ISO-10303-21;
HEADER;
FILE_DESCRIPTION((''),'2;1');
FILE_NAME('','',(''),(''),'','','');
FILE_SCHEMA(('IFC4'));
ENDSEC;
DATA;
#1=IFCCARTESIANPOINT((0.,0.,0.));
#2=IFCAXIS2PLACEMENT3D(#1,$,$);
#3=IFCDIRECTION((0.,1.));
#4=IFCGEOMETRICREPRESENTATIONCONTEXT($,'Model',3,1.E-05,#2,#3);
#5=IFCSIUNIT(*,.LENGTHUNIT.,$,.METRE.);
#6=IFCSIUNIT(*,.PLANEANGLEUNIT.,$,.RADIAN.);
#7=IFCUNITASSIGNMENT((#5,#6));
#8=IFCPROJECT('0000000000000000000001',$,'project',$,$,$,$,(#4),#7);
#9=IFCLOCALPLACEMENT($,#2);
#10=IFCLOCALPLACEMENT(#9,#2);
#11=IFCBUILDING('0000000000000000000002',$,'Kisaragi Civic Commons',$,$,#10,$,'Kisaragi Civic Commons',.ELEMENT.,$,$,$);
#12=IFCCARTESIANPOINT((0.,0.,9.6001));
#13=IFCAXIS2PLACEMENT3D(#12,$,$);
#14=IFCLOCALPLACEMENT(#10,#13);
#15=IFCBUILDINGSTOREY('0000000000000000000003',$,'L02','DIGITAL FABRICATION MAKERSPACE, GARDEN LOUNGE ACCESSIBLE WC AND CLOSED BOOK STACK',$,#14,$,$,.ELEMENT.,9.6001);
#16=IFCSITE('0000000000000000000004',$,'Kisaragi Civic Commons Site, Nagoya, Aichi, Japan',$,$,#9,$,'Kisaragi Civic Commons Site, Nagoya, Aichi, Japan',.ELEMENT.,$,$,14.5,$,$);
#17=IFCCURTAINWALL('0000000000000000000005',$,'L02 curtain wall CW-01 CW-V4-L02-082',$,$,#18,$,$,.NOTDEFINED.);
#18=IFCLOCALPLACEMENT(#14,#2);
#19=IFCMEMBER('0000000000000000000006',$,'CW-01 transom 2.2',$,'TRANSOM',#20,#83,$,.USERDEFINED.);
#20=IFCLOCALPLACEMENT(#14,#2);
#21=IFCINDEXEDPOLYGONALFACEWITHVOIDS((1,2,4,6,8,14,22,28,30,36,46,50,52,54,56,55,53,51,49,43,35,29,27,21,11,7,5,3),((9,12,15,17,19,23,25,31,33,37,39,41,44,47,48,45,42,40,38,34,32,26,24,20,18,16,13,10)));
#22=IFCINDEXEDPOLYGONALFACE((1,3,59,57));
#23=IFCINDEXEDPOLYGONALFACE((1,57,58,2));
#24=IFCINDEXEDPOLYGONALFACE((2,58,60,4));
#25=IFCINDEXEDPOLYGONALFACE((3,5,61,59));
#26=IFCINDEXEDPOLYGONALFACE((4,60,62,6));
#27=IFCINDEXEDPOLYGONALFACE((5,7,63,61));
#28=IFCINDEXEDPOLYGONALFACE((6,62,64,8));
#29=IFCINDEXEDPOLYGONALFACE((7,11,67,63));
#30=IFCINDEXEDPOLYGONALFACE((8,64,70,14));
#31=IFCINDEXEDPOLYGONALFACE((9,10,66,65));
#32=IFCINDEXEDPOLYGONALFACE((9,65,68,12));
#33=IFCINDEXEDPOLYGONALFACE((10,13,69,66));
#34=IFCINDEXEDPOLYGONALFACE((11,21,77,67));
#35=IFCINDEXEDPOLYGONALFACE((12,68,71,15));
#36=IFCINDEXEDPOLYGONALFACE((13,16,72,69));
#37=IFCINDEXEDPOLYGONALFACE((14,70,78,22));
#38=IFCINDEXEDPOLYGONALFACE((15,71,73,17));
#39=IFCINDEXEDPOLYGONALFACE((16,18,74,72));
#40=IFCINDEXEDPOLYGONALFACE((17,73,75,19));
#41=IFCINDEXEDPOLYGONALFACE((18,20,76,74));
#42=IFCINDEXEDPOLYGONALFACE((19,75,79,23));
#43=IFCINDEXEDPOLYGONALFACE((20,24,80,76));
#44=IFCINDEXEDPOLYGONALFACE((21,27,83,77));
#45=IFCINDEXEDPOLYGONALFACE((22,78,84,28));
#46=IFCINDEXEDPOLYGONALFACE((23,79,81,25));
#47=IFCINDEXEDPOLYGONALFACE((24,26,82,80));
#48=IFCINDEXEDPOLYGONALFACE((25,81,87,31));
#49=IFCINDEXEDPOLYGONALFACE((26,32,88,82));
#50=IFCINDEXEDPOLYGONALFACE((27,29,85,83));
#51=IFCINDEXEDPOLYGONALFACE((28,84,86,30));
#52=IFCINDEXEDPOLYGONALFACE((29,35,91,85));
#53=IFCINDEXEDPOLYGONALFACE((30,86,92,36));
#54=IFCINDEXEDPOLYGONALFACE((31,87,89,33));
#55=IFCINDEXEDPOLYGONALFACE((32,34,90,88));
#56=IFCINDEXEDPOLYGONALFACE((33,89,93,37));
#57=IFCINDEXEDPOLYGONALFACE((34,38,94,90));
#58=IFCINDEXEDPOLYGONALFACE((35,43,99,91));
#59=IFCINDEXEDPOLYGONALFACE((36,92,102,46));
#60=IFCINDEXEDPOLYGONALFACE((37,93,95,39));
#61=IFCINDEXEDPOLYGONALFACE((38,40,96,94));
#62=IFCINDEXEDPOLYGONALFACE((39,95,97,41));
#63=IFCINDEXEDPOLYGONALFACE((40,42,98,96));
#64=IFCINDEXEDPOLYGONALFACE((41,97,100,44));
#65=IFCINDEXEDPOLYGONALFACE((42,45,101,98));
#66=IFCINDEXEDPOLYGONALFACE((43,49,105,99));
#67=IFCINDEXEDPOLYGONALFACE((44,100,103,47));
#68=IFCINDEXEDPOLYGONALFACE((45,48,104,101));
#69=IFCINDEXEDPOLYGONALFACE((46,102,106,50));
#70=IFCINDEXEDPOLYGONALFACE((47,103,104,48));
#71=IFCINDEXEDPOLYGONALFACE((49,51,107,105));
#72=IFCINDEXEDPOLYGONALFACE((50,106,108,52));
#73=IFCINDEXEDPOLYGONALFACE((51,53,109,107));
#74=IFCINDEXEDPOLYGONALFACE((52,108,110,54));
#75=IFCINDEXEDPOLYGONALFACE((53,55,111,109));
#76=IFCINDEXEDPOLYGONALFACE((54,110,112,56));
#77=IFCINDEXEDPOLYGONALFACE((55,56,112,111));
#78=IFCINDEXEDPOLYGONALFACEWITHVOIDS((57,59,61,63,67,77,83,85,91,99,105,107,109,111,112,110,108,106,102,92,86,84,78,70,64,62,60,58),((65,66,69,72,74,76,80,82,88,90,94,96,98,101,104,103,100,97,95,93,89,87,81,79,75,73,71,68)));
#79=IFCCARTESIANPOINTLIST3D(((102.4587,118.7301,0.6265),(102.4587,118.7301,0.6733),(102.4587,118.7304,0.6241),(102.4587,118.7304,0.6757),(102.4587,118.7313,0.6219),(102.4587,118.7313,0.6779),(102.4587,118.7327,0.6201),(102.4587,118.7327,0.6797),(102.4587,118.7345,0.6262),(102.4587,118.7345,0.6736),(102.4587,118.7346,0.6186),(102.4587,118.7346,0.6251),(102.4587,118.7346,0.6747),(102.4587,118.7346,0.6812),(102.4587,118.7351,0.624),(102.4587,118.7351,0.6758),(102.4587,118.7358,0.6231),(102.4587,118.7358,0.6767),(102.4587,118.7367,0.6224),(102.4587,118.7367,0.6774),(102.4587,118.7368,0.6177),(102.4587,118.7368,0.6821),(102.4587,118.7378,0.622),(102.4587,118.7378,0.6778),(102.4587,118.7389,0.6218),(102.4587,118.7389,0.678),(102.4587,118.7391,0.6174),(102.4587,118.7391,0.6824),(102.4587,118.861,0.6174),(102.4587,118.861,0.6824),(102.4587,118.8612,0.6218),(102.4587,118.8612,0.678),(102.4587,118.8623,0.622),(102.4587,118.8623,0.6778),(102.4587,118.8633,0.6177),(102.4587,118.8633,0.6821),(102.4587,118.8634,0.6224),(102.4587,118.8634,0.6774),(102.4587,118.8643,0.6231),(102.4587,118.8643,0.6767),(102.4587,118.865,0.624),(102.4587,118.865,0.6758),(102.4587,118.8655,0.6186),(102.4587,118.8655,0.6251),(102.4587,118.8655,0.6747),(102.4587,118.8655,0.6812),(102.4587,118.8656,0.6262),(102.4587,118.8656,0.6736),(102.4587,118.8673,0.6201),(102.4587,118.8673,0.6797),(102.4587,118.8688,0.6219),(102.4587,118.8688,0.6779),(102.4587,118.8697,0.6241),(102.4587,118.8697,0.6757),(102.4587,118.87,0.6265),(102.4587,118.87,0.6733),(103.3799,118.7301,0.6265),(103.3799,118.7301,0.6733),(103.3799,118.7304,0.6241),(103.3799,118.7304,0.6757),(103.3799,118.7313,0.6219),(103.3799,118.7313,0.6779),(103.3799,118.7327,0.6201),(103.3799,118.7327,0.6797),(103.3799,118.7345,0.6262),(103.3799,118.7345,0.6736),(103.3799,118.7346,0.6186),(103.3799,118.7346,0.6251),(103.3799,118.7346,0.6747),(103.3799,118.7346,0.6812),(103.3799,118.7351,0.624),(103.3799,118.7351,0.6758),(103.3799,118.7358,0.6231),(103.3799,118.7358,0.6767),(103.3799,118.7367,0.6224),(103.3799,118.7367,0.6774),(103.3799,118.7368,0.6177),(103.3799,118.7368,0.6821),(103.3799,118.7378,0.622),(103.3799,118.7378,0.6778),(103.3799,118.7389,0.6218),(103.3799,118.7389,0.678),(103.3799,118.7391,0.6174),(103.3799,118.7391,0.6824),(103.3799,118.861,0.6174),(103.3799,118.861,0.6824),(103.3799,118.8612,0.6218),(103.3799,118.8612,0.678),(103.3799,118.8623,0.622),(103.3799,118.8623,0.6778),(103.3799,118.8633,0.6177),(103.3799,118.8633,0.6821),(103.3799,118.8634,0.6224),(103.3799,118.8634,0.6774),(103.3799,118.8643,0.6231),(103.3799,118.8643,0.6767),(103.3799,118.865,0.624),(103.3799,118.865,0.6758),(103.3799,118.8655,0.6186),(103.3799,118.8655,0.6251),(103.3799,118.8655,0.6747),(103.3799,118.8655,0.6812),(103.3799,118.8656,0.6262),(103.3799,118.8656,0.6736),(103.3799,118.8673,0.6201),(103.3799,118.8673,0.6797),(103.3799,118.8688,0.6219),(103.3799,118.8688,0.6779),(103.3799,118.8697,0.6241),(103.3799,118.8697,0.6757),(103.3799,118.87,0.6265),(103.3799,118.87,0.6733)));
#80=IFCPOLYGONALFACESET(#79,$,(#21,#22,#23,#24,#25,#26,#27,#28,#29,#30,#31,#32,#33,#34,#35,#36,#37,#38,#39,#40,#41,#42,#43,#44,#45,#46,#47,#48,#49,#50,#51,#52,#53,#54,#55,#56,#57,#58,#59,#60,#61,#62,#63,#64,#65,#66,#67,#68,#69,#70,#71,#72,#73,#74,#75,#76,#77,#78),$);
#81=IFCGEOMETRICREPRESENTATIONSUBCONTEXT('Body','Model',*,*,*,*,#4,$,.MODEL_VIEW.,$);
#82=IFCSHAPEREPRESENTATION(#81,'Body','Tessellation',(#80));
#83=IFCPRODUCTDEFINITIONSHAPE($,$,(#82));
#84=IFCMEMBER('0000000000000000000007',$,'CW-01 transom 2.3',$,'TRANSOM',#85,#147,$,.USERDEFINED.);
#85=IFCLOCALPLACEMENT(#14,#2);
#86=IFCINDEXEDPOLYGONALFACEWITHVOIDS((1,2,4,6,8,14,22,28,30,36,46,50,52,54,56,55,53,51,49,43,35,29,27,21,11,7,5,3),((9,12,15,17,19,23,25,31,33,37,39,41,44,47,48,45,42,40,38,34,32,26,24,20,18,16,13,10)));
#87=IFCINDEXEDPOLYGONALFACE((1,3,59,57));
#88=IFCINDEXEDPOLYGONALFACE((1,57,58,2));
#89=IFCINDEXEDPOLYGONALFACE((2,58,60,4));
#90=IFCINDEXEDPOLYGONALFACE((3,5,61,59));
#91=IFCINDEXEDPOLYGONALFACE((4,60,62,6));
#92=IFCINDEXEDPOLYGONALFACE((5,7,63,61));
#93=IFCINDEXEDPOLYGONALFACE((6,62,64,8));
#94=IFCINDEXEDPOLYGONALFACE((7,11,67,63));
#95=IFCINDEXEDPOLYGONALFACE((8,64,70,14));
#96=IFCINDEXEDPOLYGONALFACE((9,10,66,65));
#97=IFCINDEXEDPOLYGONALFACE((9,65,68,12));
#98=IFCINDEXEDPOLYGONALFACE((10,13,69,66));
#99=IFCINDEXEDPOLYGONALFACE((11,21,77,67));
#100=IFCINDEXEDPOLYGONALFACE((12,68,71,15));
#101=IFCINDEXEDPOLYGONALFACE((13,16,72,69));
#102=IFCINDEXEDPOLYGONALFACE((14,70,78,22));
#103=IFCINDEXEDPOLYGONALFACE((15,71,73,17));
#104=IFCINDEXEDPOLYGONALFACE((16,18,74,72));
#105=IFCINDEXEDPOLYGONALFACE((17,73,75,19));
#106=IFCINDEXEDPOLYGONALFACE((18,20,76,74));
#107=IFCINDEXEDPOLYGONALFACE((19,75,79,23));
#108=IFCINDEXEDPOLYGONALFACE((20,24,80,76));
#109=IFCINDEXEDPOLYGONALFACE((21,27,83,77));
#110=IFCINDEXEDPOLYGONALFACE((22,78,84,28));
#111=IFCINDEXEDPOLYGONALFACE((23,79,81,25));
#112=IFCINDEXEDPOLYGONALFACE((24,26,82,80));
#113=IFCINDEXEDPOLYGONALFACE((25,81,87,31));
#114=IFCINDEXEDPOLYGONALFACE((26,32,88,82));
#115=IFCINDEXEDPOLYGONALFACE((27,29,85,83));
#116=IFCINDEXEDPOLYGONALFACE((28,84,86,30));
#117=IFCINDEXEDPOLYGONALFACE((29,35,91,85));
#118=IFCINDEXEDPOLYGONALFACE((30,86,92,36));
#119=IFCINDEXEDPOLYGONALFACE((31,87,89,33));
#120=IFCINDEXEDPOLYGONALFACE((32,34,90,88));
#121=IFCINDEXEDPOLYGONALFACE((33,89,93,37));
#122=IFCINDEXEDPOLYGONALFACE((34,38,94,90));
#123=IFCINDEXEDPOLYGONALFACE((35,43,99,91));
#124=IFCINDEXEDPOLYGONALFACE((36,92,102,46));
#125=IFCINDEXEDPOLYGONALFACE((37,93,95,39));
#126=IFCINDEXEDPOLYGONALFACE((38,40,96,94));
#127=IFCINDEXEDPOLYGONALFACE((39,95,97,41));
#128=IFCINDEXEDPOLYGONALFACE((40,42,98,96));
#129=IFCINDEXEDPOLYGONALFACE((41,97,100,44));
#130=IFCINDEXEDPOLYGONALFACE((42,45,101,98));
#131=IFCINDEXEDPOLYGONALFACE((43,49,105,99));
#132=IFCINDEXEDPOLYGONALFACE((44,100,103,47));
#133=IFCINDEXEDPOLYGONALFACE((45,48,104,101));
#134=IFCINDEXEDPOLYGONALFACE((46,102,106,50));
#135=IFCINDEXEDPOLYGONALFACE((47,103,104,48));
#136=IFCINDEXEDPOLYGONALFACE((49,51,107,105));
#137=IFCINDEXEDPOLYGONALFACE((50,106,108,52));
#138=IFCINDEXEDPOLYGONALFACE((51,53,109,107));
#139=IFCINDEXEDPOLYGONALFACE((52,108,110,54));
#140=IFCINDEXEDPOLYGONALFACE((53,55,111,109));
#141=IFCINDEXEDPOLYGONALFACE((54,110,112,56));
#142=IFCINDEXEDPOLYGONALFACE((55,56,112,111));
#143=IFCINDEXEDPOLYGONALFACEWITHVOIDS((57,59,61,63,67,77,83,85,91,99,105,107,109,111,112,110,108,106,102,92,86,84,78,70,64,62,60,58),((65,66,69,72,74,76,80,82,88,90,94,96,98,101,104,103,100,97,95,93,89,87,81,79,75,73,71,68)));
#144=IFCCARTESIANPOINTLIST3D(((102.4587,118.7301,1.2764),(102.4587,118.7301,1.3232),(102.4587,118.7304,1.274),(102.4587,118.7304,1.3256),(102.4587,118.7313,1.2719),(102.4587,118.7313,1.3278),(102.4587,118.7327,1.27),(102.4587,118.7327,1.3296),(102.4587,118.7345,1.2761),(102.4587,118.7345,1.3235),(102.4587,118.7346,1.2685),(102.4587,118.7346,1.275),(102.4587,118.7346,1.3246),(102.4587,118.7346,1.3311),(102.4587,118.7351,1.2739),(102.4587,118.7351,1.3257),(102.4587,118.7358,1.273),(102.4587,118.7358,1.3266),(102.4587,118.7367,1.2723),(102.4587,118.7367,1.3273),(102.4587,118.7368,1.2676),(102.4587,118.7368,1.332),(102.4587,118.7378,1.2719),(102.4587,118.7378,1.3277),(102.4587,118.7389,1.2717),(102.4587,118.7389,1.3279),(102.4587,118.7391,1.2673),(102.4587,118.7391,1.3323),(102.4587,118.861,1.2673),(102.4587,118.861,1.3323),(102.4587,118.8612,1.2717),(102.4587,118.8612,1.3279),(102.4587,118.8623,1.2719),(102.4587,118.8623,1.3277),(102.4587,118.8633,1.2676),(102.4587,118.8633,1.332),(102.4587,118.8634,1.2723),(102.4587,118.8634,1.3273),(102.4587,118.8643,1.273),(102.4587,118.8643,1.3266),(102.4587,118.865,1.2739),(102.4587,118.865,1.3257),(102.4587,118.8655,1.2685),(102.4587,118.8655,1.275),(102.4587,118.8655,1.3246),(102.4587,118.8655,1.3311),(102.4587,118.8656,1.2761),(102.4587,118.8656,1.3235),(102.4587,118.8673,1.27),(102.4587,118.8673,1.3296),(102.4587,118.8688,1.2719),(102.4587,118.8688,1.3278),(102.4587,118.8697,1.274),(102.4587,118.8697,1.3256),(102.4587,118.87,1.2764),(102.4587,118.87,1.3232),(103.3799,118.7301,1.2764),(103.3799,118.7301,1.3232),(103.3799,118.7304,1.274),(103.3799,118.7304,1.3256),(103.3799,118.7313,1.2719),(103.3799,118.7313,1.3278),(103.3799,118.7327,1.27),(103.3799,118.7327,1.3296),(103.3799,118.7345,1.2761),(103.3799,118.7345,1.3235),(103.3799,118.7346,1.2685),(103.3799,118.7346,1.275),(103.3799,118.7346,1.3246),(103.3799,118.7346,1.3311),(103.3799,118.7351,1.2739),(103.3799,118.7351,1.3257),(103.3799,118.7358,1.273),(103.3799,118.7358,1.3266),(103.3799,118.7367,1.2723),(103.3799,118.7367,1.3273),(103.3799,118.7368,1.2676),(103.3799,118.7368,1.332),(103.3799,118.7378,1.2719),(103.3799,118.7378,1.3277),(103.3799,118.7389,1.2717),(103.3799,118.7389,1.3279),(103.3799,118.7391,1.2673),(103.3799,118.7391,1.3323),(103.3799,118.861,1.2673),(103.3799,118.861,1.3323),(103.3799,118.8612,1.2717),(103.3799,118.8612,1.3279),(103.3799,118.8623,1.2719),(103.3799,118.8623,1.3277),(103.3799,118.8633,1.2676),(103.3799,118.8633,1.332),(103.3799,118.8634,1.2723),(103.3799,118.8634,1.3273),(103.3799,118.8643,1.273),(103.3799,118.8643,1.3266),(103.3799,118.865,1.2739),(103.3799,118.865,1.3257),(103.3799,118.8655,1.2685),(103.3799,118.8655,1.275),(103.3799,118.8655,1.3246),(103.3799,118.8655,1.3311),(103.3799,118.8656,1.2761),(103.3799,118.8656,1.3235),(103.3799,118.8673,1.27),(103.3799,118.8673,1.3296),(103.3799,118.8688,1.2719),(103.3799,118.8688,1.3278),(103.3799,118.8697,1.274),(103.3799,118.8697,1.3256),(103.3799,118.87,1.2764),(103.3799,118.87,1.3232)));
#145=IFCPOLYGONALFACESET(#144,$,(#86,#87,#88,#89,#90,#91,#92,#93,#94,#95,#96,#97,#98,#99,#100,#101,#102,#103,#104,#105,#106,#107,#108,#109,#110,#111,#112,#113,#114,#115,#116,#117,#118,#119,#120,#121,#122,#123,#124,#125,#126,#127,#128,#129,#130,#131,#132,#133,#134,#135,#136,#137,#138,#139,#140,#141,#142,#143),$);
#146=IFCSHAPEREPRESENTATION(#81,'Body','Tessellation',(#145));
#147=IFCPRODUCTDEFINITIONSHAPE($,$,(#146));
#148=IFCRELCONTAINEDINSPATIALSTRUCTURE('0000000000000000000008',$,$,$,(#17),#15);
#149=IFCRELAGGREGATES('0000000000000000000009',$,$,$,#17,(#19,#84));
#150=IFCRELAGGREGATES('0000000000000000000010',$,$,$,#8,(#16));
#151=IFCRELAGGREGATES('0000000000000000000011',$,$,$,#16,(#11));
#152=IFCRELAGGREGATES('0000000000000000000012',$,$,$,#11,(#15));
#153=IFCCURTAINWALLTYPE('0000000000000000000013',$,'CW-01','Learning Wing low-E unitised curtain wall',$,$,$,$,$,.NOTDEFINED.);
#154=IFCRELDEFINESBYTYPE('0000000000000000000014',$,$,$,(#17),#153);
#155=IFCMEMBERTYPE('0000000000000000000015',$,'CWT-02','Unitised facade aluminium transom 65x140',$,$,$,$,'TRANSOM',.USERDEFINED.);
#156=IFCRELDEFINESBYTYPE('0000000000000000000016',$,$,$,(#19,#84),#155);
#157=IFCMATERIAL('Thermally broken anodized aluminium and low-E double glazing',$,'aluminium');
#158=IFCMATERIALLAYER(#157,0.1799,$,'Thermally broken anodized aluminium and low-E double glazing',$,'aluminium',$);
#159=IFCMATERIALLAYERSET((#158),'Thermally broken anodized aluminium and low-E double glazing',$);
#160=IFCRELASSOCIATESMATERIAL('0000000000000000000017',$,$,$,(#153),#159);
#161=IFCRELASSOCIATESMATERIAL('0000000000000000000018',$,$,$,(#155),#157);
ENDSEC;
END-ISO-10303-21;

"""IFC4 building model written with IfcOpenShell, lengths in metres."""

from ifc_helpers import new_model, si_unit, direction, frame, origin, origin_2d, place, context, subcontext, project, spatial, hollow_rectangle, extrude, material, layer, layer_set, material_profile, profile_set, type_object, element, aggregate, save


model = new_model("IFC4")

# Units and contexts
model_context = context("Model", 3, precision=1e-05, world=origin(), true_north=direction((0.0, 1.0)))
body_context = subcontext(model_context, "Body", "Model", "MODEL_VIEW")
ifc_project = project(units=[si_unit("LENGTHUNIT", "METRE"), si_unit("PLANEANGLEUNIT", "RADIAN")], contexts=[model_context])

# Site, building, storey
site_placement = place(None, origin())
site = spatial("IfcSite", under=ifc_project, at=site_placement, Name="Kisaragi Civic Commons Site, Nagoya, Aichi, Japan", LongName="Kisaragi Civic Commons Site, Nagoya, Aichi, Japan", CompositionType="ELEMENT", RefElevation=14.5)
building_placement = place(site_placement, origin())
building = spatial("IfcBuilding", under=site, at=building_placement, Name="Kisaragi Civic Commons", LongName="Kisaragi Civic Commons", CompositionType="ELEMENT")
storey_placement = place(building_placement, frame((0.0, 0.0, 9.6001)))
storey = spatial("IfcBuildingStorey", under=building, at=storey_placement, Name="L02", Description="DIGITAL FABRICATION MAKERSPACE, GARDEN LOUNGE ACCESSIBLE WC AND CLOSED BOOK STACK", CompositionType="ELEMENT", Elevation=9.6001)

# Curtain wall
ifc_material = material(Name="Thermally broken anodized aluminium and low-E double glazing", Category="aluminium")
ifc_layer_1 = layer(ifc_material, 0.1799, Name="Thermally broken anodized aluminium and low-E double glazing", Category="aluminium")
ifc_layer_set_1 = layer_set([ifc_layer_1], Name="Thermally broken anodized aluminium and low-E double glazing")
curtain_wall_type = type_object("IfcCurtainWallType", Name="CW-01", Description="Learning Wing low-E unitised curtain wall", PredefinedType="NOTDEFINED", material=ifc_layer_set_1)
curtain_wall_1_placement = place(storey_placement, origin())
curtain_wall_1 = element("IfcCurtainWall", 1, at=curtain_wall_1_placement, inside=storey, type_object=curtain_wall_type, Name="L02 curtain wall CW-01 CW-V4-L02-082", PredefinedType="NOTDEFINED")

# Members
ifc_material_profile_1 = material_profile(ifc_material, hollow_rectangle(XDim=0.1399, YDim=0.0649, WallThickness=0.0044, InnerFilletRadius=0.0044, OuterFilletRadius=0.009, at=origin_2d()), Name="CWT-65x140x4.5", Category="aluminium")
ifc_profile_set_1 = profile_set([ifc_material_profile_1], Name="Thermally broken anodized aluminium and low-E double glazing")
member_type_1 = type_object("IfcMemberType", Name="CWT-02", Description="Unitised facade aluminium transom 65x140", ElementType="TRANSOM", PredefinedType="USERDEFINED", material=ifc_profile_set_1)
member_1_placement = place(storey_placement, frame((102.4587, 118.8, 0.6499), z_axis=(1.0, 0.0, 0.0), x_axis=(0.0, 1.0, 0.0)))
member_1 = element("IfcMember", 2, at=member_1_placement, type_object=member_type_1, Name="CW-01 transom 2.2", ObjectType="TRANSOM", PredefinedType="USERDEFINED", context=body_context, shape_type="SweptSolid", body=[
    extrude(hollow_rectangle(XDim=0.1399, YDim=0.0649, WallThickness=0.0044, InnerFilletRadius=0.0044, OuterFilletRadius=0.009, at=origin_2d()), origin(), (0.0, 0.0, 1.0), 0.9211),
])
member_2_placement = place(storey_placement, frame((102.4587, 118.8, 1.2998), z_axis=(1.0, 0.0, 0.0), x_axis=(0.0, 1.0, 0.0)))
member_2 = element("IfcMember", 3, at=member_2_placement, type_object=member_type_1, Name="CW-01 transom 2.3", ObjectType="TRANSOM", PredefinedType="USERDEFINED", context=body_context, shape_type="SweptSolid", body=[
    extrude(hollow_rectangle(XDim=0.1399, YDim=0.0649, WallThickness=0.0044, InnerFilletRadius=0.0044, OuterFilletRadius=0.009, at=origin_2d()), origin(), (0.0, 0.0, 1.0), 0.9211),
])

aggregate(curtain_wall_1, [member_1, member_2])

save(model, "model.ifc")
